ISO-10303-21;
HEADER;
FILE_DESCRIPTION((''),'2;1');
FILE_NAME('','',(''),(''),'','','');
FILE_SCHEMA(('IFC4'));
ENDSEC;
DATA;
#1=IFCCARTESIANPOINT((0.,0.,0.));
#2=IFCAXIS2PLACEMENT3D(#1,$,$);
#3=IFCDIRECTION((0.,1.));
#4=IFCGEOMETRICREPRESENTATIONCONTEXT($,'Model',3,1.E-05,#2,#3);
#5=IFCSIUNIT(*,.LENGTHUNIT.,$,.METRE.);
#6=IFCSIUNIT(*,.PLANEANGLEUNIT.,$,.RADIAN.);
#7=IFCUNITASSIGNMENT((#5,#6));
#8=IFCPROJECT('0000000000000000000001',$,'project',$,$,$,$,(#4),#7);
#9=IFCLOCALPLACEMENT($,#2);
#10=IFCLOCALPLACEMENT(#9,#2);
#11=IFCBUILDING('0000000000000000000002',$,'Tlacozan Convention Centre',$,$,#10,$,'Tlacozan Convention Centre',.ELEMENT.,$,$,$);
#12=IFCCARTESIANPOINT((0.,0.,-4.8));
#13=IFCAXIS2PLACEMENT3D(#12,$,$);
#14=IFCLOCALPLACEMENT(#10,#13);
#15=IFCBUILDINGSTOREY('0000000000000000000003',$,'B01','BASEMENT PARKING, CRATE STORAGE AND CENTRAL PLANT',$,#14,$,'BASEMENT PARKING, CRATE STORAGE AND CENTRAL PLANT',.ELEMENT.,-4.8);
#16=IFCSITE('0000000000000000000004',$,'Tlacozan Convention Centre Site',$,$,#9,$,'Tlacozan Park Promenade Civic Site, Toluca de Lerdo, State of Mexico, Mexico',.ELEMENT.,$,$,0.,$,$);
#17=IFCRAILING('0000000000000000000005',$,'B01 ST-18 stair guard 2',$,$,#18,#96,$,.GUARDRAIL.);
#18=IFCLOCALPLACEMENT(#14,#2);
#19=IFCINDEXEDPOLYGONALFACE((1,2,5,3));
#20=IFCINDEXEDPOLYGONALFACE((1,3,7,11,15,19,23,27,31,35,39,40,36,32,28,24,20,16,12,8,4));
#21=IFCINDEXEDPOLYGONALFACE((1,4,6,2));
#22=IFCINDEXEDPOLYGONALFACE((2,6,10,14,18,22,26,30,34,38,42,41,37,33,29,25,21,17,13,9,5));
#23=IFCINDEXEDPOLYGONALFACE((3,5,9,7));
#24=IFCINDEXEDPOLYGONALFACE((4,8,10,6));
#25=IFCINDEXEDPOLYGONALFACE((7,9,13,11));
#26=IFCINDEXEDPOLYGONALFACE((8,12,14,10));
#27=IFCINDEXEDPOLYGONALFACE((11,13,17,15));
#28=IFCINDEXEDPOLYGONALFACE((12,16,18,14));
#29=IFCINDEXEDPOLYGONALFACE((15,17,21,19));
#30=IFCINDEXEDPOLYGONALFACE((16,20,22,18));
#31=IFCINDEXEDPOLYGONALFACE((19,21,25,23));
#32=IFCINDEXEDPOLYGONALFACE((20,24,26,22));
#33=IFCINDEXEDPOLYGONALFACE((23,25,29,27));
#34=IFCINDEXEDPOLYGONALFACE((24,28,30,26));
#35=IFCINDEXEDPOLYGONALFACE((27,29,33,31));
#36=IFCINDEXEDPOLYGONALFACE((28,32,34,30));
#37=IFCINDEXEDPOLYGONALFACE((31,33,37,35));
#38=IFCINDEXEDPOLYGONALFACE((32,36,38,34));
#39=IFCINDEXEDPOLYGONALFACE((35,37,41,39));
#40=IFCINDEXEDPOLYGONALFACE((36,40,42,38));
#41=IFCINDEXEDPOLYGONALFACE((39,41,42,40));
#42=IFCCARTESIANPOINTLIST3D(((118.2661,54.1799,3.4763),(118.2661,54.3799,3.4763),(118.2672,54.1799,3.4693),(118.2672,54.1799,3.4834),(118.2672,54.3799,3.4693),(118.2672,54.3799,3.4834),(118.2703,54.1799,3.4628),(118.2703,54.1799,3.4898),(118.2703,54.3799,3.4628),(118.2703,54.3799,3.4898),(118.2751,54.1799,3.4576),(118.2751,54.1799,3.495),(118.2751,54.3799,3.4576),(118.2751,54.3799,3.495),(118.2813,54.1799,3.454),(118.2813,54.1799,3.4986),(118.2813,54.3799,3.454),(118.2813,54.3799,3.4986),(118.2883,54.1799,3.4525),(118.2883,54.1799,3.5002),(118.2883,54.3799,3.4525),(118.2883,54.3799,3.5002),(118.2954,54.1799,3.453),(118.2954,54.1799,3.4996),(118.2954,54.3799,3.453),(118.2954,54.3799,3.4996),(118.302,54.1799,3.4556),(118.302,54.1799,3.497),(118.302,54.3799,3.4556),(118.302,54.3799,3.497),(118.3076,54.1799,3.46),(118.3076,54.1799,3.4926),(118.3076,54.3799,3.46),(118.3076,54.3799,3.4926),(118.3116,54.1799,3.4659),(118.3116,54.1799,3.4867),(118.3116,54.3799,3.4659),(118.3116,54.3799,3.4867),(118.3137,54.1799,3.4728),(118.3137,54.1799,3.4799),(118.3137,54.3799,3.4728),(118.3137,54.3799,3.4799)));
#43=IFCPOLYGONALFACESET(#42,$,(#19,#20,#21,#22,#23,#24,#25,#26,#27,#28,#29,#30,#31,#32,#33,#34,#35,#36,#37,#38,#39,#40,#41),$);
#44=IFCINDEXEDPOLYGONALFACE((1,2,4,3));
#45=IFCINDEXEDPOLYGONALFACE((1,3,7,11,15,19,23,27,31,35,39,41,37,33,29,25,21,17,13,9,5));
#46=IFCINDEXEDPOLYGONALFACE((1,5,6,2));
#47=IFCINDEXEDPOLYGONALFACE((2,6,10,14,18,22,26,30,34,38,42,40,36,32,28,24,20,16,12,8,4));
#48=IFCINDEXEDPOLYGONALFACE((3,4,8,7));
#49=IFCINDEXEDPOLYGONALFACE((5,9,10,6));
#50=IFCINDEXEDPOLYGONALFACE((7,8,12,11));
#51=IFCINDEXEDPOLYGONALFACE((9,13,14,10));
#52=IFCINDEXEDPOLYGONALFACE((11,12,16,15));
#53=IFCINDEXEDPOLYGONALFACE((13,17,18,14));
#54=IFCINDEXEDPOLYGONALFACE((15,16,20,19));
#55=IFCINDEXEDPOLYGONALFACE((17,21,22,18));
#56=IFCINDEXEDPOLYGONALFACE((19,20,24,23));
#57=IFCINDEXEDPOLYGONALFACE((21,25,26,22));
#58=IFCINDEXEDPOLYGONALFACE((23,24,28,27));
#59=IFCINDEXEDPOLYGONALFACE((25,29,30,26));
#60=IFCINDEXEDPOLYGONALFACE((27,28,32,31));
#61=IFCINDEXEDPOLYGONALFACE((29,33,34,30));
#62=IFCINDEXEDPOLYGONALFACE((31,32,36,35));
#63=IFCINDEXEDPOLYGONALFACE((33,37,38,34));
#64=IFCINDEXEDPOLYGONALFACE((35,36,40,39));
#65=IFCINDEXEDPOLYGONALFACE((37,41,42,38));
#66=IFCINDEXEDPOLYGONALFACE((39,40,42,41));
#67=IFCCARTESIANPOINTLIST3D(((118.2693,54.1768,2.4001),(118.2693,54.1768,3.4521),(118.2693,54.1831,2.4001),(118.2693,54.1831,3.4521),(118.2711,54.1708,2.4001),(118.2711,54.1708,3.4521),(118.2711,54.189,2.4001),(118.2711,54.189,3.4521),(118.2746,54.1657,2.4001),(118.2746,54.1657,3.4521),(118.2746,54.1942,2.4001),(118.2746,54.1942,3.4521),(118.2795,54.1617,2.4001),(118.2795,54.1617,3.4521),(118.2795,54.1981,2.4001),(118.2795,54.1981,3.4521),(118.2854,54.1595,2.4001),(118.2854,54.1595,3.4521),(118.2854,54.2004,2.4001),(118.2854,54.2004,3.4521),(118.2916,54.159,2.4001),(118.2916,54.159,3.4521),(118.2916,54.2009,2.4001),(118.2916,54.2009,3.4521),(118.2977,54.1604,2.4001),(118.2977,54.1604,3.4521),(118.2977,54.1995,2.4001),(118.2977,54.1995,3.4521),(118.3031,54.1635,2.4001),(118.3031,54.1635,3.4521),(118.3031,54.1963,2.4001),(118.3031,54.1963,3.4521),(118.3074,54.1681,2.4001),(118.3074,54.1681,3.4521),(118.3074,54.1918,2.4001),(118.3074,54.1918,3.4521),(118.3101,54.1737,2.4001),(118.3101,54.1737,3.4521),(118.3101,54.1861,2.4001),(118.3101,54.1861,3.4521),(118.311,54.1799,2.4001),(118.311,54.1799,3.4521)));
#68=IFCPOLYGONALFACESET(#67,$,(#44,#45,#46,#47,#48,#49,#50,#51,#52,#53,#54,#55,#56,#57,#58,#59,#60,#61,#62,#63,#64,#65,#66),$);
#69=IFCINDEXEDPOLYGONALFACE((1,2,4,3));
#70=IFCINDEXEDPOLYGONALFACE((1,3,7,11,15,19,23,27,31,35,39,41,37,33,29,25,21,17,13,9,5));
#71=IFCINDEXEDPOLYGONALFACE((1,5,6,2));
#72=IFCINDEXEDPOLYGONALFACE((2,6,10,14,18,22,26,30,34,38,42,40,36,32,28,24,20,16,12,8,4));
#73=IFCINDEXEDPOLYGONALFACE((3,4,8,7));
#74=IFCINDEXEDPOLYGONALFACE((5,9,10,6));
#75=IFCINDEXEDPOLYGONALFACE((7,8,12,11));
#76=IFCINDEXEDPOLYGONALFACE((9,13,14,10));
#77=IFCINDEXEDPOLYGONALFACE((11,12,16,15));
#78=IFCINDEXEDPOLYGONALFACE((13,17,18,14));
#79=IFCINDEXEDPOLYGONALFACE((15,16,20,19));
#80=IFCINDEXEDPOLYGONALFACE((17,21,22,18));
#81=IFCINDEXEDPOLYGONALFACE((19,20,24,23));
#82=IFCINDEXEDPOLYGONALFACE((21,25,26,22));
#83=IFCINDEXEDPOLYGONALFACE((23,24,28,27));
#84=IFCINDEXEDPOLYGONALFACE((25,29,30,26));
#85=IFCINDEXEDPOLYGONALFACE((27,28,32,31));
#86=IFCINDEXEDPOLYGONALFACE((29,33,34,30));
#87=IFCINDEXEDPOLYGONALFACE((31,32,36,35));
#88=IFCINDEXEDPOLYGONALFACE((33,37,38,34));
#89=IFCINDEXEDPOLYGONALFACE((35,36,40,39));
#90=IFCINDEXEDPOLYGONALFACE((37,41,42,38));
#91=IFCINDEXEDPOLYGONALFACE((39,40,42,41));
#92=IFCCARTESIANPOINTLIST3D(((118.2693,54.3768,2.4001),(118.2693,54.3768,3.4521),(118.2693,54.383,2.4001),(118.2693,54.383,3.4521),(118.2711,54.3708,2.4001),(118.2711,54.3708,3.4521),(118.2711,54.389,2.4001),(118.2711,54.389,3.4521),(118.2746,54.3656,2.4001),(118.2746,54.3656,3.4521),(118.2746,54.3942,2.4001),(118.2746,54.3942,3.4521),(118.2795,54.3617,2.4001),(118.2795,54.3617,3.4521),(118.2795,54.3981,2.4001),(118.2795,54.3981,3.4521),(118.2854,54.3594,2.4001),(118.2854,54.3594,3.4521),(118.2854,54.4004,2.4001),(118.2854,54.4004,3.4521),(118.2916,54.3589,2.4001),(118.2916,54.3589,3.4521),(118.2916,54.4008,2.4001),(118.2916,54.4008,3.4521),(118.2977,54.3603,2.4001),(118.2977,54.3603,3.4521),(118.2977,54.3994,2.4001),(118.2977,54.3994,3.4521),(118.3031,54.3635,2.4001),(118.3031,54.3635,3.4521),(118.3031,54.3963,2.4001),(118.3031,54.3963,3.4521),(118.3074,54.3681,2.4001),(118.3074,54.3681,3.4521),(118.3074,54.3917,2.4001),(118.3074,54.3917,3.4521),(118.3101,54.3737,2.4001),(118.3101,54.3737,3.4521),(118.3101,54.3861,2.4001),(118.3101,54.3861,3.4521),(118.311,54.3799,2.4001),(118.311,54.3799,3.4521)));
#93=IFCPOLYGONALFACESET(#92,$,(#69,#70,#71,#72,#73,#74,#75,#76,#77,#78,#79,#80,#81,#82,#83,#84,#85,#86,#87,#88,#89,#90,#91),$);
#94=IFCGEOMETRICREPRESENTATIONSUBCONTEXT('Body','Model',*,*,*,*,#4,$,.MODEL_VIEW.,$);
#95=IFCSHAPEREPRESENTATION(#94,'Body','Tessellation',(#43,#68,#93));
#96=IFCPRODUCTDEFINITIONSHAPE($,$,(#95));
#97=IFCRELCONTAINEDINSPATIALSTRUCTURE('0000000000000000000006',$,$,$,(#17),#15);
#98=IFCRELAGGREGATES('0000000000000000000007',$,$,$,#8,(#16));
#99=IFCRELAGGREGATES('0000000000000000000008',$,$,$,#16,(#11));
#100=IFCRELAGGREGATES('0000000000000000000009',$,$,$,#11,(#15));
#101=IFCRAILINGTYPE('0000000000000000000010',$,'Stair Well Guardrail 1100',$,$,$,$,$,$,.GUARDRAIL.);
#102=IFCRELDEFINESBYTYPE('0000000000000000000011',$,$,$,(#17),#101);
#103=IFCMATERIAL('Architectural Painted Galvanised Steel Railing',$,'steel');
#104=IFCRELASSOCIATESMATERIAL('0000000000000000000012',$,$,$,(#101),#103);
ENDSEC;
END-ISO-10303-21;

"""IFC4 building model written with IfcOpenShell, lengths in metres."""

from ifc_helpers import new_model, si_unit, direction, frame, origin, origin_2d, place, context, subcontext, project, spatial, circle, extrude, material, type_object, element, save


model = new_model("IFC4")

# Units and contexts
model_context = context("Model", 3, precision=1e-05, world=origin(), true_north=direction((0.0, 1.0)))
body_context = subcontext(model_context, "Body", "Model", "MODEL_VIEW")
ifc_project = project(units=[si_unit("LENGTHUNIT", "METRE"), si_unit("PLANEANGLEUNIT", "RADIAN")], contexts=[model_context])

# Site, building, storey
site_placement = place(None, origin())
site = spatial("IfcSite", under=ifc_project, at=site_placement, Name="Tlacozan Convention Centre Site", LongName="Tlacozan Park Promenade Civic Site, Toluca de Lerdo, State of Mexico, Mexico", CompositionType="ELEMENT", RefElevation=0.0)
building_placement = place(site_placement, origin())
building = spatial("IfcBuilding", under=site, at=building_placement, Name="Tlacozan Convention Centre", LongName="Tlacozan Convention Centre", CompositionType="ELEMENT")
storey_placement = place(building_placement, frame((0.0, 0.0, -4.8)))
storey = spatial("IfcBuildingStorey", under=building, at=storey_placement, Name="B01", Description="BASEMENT PARKING, CRATE STORAGE AND CENTRAL PLANT", LongName="BASEMENT PARKING, CRATE STORAGE AND CENTRAL PLANT", CompositionType="ELEMENT", Elevation=-4.8)

# Railing
ifc_material_1 = material(Name="Architectural Painted Galvanised Steel Railing", Category="steel")
railing_type_1 = type_object("IfcRailingType", Name="Stair Well Guardrail 1100", PredefinedType="GUARDRAIL", material=ifc_material_1)
railing_1_placement = place(storey_placement, frame((118.29, 54.1799, 2.4001)))
element("IfcRailing", 1, at=railing_1_placement, inside=storey, type_object=railing_type_1, Name="B01 ST-18 stair guard 2", PredefinedType="GUARDRAIL", context=body_context, shape_type="SweptSolid", body=[
    extrude(circle(Radius=0.0239, at=origin_2d()), frame((0.0, 0.0, 1.0762), z_axis=(0.0, 1.0, 0.0), x_axis=(-1.0, 0.0, 0.0)), (0.0, 0.0, 1.0), 0.2),
    extrude(circle(Radius=0.021, at=origin_2d()), origin(), (0.0, 0.0, 1.0), 1.052),
    extrude(circle(Radius=0.021, at=origin_2d()), frame((0.0, 0.2, 0.0)), (0.0, 0.0, 1.0), 1.052),
])

save(model, "model.ifc")
